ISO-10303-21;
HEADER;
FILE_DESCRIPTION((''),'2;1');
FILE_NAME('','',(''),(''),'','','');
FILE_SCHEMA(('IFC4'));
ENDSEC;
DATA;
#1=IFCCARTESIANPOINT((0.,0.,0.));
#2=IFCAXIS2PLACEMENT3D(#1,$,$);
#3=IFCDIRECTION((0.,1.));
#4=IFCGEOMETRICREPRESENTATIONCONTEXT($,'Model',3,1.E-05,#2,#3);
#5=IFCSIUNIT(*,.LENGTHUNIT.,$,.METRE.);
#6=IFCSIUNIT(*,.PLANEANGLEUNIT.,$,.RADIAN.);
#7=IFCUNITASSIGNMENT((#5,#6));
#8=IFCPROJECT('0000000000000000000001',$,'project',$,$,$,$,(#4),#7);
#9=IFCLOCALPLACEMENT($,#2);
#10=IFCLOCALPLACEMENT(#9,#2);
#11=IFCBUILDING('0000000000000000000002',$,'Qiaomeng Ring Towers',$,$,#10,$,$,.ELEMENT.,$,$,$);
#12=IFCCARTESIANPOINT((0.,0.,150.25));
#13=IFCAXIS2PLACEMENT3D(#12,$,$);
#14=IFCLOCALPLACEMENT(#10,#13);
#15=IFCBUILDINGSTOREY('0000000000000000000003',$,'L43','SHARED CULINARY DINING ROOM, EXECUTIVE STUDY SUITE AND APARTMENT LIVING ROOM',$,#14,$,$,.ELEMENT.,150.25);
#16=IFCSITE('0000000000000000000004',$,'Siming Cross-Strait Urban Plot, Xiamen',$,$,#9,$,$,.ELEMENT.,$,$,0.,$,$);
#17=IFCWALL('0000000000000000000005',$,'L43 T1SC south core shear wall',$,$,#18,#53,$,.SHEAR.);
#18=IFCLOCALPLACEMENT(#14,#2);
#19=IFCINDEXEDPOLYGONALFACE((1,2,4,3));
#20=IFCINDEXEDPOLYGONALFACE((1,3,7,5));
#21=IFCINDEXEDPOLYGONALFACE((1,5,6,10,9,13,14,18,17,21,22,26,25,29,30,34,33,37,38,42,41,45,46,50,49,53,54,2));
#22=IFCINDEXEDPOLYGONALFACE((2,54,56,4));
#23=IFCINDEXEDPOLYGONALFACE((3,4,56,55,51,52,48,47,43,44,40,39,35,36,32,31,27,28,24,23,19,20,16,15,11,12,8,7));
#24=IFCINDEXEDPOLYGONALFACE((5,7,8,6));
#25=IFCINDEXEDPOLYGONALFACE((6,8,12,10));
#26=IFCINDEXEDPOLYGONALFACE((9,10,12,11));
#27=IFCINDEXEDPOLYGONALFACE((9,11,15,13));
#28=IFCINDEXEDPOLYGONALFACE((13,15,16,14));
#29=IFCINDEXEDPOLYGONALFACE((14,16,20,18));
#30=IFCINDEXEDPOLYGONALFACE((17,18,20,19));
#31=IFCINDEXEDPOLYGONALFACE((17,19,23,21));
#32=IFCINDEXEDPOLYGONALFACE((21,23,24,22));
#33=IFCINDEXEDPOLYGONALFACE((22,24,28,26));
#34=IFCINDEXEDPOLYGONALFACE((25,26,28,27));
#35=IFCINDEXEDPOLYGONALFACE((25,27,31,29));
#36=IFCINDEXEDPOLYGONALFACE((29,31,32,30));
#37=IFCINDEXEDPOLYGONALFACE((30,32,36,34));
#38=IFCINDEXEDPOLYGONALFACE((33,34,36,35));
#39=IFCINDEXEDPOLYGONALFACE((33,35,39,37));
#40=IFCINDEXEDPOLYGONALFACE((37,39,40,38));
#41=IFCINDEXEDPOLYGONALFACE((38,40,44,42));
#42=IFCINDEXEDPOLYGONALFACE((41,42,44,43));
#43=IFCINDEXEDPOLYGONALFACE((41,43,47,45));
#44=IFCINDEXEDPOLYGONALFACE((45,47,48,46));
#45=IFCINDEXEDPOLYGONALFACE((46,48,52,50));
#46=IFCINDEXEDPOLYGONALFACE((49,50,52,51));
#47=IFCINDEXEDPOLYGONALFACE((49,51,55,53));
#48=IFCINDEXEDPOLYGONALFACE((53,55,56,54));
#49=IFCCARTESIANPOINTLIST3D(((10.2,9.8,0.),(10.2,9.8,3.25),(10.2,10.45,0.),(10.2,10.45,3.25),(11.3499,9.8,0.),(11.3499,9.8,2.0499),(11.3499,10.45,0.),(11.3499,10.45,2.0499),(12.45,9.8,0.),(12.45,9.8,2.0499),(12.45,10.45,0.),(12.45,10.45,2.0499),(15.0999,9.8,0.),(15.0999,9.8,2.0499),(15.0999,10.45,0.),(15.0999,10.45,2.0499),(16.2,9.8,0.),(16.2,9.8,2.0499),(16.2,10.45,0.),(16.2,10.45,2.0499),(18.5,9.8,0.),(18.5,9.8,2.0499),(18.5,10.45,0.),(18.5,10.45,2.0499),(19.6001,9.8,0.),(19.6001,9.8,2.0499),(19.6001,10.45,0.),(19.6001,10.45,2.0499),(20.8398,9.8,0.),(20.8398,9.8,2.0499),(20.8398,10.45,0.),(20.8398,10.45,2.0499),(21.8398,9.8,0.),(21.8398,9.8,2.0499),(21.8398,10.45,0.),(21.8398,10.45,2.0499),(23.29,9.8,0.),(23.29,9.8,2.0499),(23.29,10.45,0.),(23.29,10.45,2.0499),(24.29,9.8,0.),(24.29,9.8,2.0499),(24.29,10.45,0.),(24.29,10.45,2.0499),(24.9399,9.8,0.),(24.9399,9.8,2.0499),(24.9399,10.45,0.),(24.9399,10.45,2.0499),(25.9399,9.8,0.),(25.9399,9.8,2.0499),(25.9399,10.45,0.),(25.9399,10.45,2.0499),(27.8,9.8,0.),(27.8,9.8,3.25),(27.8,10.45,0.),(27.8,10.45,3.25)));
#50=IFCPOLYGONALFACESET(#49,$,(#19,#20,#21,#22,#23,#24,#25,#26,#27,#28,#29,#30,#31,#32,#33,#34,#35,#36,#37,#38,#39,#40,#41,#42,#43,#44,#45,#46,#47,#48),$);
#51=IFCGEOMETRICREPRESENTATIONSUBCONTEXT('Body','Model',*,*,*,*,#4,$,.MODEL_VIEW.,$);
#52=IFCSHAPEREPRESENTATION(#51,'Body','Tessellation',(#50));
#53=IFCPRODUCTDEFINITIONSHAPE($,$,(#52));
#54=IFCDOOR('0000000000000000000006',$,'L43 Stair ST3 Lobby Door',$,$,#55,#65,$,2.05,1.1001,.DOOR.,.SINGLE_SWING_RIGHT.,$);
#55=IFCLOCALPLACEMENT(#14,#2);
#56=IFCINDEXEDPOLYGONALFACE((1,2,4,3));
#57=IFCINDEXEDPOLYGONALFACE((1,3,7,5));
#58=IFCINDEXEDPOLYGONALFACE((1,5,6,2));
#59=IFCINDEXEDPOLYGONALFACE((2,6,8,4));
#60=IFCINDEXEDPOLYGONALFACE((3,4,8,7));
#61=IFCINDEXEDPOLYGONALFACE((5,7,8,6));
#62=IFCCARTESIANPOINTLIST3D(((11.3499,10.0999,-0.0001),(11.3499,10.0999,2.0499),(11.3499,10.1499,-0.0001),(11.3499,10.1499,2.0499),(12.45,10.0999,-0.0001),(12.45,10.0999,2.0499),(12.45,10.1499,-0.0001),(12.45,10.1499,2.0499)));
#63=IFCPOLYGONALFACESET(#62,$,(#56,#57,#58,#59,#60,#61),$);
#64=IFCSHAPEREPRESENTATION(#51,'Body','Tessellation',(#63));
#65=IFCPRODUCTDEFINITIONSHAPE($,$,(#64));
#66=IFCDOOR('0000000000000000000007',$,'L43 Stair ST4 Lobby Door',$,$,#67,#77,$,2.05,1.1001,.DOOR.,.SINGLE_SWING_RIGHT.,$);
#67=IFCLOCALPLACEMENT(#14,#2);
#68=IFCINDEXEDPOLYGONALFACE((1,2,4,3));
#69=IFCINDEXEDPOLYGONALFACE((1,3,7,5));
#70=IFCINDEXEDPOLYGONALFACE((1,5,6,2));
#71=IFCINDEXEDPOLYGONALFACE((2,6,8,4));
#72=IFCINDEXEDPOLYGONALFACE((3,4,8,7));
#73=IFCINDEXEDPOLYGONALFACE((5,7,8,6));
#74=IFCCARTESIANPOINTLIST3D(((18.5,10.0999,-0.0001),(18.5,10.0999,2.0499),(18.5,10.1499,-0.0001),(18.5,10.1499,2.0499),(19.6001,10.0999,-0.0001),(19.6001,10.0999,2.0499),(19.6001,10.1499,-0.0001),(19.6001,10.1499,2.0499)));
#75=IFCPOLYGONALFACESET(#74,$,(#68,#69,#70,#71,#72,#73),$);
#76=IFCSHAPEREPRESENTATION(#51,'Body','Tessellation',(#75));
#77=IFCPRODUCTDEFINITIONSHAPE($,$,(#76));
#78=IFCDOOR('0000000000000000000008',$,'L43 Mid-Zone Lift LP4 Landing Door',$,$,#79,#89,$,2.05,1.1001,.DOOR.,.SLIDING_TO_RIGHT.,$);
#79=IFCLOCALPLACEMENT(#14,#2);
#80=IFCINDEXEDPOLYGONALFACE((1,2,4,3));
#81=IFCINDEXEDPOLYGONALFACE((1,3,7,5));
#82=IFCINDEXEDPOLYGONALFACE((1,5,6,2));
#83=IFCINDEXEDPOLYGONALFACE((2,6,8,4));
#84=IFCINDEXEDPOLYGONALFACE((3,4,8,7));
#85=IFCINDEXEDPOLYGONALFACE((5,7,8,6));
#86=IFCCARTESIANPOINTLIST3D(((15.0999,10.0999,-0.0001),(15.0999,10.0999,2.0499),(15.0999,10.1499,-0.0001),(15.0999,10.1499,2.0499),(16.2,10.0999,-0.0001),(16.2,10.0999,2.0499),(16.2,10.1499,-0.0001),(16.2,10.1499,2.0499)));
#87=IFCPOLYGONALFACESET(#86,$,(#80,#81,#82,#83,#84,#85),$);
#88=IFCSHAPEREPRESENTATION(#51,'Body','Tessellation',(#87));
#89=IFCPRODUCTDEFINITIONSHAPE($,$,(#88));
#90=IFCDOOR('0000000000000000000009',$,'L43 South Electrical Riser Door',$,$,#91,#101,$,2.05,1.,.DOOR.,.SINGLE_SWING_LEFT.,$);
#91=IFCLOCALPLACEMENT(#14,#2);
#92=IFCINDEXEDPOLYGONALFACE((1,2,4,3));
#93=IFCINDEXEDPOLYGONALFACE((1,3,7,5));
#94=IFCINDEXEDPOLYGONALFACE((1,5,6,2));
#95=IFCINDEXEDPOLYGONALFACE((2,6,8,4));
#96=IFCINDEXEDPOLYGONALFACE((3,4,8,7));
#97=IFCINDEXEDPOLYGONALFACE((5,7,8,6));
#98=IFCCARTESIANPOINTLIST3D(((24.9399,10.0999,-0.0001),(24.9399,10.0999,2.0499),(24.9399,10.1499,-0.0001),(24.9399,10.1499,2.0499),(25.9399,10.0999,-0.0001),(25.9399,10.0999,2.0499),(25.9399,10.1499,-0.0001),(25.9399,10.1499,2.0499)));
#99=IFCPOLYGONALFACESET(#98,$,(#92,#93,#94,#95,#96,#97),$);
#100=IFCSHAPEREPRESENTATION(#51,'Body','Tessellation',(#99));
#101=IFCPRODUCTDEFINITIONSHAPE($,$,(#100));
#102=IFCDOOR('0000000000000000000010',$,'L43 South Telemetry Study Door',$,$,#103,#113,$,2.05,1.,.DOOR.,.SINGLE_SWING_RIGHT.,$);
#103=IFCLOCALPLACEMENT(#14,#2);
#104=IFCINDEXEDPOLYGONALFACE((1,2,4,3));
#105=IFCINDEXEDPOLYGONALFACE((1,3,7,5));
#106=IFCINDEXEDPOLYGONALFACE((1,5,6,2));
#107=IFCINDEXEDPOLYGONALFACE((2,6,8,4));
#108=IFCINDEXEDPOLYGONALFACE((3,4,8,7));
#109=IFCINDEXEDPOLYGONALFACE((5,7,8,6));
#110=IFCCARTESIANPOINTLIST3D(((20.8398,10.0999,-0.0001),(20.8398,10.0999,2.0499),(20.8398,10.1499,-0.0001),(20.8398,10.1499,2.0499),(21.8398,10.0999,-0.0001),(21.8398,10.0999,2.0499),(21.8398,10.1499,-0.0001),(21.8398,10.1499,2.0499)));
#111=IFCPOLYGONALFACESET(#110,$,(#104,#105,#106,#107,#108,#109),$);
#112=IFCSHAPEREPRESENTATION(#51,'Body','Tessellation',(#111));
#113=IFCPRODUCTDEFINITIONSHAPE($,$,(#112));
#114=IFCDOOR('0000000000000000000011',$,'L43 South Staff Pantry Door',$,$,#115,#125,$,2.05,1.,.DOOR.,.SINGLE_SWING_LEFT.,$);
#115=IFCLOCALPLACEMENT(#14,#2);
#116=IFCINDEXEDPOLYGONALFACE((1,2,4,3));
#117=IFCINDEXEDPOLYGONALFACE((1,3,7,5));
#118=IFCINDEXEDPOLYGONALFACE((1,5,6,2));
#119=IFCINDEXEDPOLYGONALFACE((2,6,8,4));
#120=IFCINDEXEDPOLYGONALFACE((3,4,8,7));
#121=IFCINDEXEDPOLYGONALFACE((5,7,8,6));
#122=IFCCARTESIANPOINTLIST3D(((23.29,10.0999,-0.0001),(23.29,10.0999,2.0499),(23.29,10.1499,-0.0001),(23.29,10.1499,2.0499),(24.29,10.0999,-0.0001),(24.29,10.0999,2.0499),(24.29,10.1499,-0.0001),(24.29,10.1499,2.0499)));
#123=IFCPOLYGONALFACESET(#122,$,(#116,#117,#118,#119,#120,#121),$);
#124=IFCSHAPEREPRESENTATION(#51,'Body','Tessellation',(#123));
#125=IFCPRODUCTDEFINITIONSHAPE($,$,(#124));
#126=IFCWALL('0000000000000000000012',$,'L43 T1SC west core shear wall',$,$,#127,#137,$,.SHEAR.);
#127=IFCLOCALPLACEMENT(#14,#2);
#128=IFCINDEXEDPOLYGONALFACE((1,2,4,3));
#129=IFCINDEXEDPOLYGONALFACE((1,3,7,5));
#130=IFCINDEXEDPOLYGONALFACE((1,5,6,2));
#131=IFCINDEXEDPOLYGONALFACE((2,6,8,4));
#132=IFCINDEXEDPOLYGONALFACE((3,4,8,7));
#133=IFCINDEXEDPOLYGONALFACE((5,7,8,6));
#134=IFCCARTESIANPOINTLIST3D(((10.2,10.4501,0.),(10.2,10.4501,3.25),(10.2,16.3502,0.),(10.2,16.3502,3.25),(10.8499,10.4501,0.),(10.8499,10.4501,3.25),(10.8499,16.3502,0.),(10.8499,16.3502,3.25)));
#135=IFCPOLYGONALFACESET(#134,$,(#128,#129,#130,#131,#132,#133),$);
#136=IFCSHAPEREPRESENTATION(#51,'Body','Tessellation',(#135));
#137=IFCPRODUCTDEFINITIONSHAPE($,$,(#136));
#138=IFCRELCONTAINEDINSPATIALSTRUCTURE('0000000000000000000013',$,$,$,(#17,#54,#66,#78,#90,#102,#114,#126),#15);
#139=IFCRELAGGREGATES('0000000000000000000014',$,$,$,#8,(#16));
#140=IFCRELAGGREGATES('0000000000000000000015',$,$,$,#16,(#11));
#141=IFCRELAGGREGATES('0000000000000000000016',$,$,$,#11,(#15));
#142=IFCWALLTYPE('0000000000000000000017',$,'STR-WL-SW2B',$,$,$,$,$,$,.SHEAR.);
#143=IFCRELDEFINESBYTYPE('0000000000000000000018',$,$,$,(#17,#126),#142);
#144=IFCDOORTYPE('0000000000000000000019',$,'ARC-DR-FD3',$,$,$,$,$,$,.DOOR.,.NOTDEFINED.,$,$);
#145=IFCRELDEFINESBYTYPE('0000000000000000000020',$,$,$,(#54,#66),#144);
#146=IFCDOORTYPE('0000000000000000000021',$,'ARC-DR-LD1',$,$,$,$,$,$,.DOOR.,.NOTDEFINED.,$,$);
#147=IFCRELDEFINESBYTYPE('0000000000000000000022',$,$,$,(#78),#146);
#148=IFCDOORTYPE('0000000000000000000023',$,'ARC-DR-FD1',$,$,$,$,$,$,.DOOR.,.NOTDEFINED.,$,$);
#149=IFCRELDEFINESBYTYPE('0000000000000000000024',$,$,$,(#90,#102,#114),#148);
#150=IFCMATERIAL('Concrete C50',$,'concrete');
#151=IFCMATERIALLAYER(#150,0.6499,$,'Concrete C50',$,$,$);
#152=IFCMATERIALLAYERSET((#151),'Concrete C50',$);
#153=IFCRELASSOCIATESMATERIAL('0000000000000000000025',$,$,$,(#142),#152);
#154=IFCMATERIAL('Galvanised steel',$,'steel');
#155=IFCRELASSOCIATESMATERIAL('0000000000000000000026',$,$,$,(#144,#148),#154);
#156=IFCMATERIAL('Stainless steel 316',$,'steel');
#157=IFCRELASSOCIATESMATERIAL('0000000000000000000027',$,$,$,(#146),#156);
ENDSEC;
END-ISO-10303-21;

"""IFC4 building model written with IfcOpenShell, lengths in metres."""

from ifc_helpers import new_model, si_unit, direction, frame, frame_2d, origin, place, context, subcontext, project, spatial, rectangle, extrude, source, transform, mapped, material, layer, layer_set, type_object, element, fill, save


model = new_model("IFC4")

# Units and contexts
model_context = context("Model", 3, precision=1e-05, world=origin(), true_north=direction((0.0, 1.0)))
body_context = subcontext(model_context, "Body", "Model", "MODEL_VIEW")
ifc_project = project(units=[si_unit("LENGTHUNIT", "METRE"), si_unit("PLANEANGLEUNIT", "RADIAN")], contexts=[model_context])

# Site, building, storey
site_placement = place(None, origin())
site = spatial("IfcSite", under=ifc_project, at=site_placement, Name="Siming Cross-Strait Urban Plot, Xiamen", CompositionType="ELEMENT", RefElevation=0.0)
building_placement = place(site_placement, origin())
building = spatial("IfcBuilding", under=site, at=building_placement, Name="Qiaomeng Ring Towers", CompositionType="ELEMENT")
storey_placement = place(building_placement, frame((0.0, 0.0, 150.25)))
storey = spatial("IfcBuildingStorey", under=building, at=storey_placement, Name="L43", Description="SHARED CULINARY DINING ROOM, EXECUTIVE STUDY SUITE AND APARTMENT LIVING ROOM", CompositionType="ELEMENT", Elevation=150.25)

# Shared definitions
shared_shape_1 = source(origin(), body_context, "Body", "SweptSolid", [
    extrude(rectangle(XDim=1.0, YDim=2.05, at=frame_2d((0.5, 1.0249))), frame((0.0, 0.0249, 0.0), z_axis=(0.0, -1.0, 0.0), x_axis=(1.0, 0.0, 0.0)), (0.0, 0.0, 1.0), 0.05),
])

# Wall, openings, doors
ifc_material_1 = material(Name="Concrete C50", Category="concrete")
ifc_layer_1 = layer(ifc_material_1, 0.6499, Name="Concrete C50")
ifc_layer_set_1 = layer_set([ifc_layer_1], Name="Concrete C50")
wall_type_1 = type_object("IfcWallType", Name="STR-WL-SW2B", PredefinedType="SHEAR", material=ifc_layer_set_1)
wall_1_placement = place(storey_placement, frame((10.2, 10.125, 0.0), z_axis=(0.0, 0.0, 1.0), x_axis=(1.0, 0.0, 0.0)))
wall_1 = element("IfcWall", 1, at=wall_1_placement, inside=storey, type_object=wall_type_1, Name="L43 T1SC south core shear wall", PredefinedType="SHEAR", context=body_context, shape_type="SweptSolid", body=[
    extrude(rectangle(XDim=17.6001, YDim=0.6499, at=frame_2d((8.8, 0.0))), origin(), (0.0, 0.0, 1.0), 3.25),
])
opening_1_placement = place(wall_1_placement, frame((1.1499, 0.0, 0.0)))
opening_1 = element("IfcOpeningElement", 2, at=opening_1_placement, cuts=wall_1, PredefinedType="OPENING", context=body_context, shape_type="SweptSolid", body=[
    extrude(rectangle(XDim=1.1001, YDim=2.05, at=frame_2d((0.55, 1.0249))), frame((0.0, 0.335, 0.0), z_axis=(0.0, -1.0, 0.0), x_axis=(1.0, 0.0, 0.0)), (0.0, 0.0, 1.0), 0.6699),
])
opening_2_placement = place(wall_1_placement, frame((8.3, 0.0, 0.0)))
opening_2 = element("IfcOpeningElement", 3, at=opening_2_placement, cuts=wall_1, PredefinedType="OPENING", context=body_context, shape_type="SweptSolid", body=[
    extrude(rectangle(XDim=1.1001, YDim=2.05, at=frame_2d((0.55, 1.0249))), frame((0.0, 0.335, 0.0), z_axis=(0.0, -1.0, 0.0), x_axis=(1.0, 0.0, 0.0)), (0.0, 0.0, 1.0), 0.6699),
])
opening_3_placement = place(wall_1_placement, frame((4.8999, 0.0, 0.0)))
opening_3 = element("IfcOpeningElement", 4, at=opening_3_placement, cuts=wall_1, PredefinedType="OPENING", context=body_context, shape_type="SweptSolid", body=[
    extrude(rectangle(XDim=1.1001, YDim=2.05, at=frame_2d((0.55, 1.0249))), frame((0.0, 0.335, 0.0), z_axis=(0.0, -1.0, 0.0), x_axis=(1.0, 0.0, 0.0)), (0.0, 0.0, 1.0), 0.6699),
])
opening_4_placement = place(wall_1_placement, frame((14.74, 0.0, 0.0)))
opening_4 = element("IfcOpeningElement", 5, at=opening_4_placement, cuts=wall_1, PredefinedType="OPENING", context=body_context, shape_type="SweptSolid", body=[
    extrude(rectangle(XDim=1.0, YDim=2.05, at=frame_2d((0.5, 1.0249))), frame((0.0, 0.335, 0.0), z_axis=(0.0, -1.0, 0.0), x_axis=(1.0, 0.0, 0.0)), (0.0, 0.0, 1.0), 0.6699),
])
opening_5_placement = place(wall_1_placement, frame((10.6399, 0.0, 0.0)))
opening_5 = element("IfcOpeningElement", 6, at=opening_5_placement, cuts=wall_1, PredefinedType="OPENING", context=body_context, shape_type="SweptSolid", body=[
    extrude(rectangle(XDim=1.0, YDim=2.05, at=frame_2d((0.5, 1.0249))), frame((0.0, 0.335, 0.0), z_axis=(0.0, -1.0, 0.0), x_axis=(1.0, 0.0, 0.0)), (0.0, 0.0, 1.0), 0.6699),
])
opening_6_placement = place(wall_1_placement, frame((13.0901, 0.0, 0.0)))
opening_6 = element("IfcOpeningElement", 7, at=opening_6_placement, cuts=wall_1, PredefinedType="OPENING", context=body_context, shape_type="SweptSolid", body=[
    extrude(rectangle(XDim=1.0, YDim=2.05, at=frame_2d((0.5, 1.0249))), frame((0.0, 0.335, 0.0), z_axis=(0.0, -1.0, 0.0), x_axis=(1.0, 0.0, 0.0)), (0.0, 0.0, 1.0), 0.6699),
])
ifc_material_2 = material(Name="Galvanised steel", Category="steel")
door_type_1 = type_object("IfcDoorType", Name="ARC-DR-FD3", OperationType="NOTDEFINED", PredefinedType="DOOR", material=ifc_material_2)
shared_shape_2 = source(origin(), body_context, "Body", "SweptSolid", [
    extrude(rectangle(XDim=1.1001, YDim=2.05, at=frame_2d((0.55, 1.0249))), frame((0.0, 0.0249, 0.0), z_axis=(0.0, -1.0, 0.0), x_axis=(1.0, 0.0, 0.0)), (0.0, 0.0, 1.0), 0.05),
])
door_1_placement = place(opening_1_placement, origin())
door_1 = element("IfcDoor", 8, at=door_1_placement, inside=storey, type_object=door_type_1, Name="L43 Stair ST3 Lobby Door", OperationType="SINGLE_SWING_RIGHT", OverallHeight=2.05, OverallWidth=1.1001, PredefinedType="DOOR", context=body_context, shape_type="MappedRepresentation", body=[
    mapped(shared_shape_2, transform((0.0, 0.0, 0.0), x_axis=(1.0, 0.0, 0.0), y_axis=(0.0, 1.0, 0.0), z_axis=(0.0, 0.0, 1.0), scale=1.0)),
])
fill(opening_1, door_1)
door_2_placement = place(opening_2_placement, origin())
door_2 = element("IfcDoor", 9, at=door_2_placement, inside=storey, type_object=door_type_1, Name="L43 Stair ST4 Lobby Door", OperationType="SINGLE_SWING_RIGHT", OverallHeight=2.05, OverallWidth=1.1001, PredefinedType="DOOR", context=body_context, shape_type="MappedRepresentation", body=[
    mapped(shared_shape_2, transform((0.0, 0.0, 0.0), x_axis=(1.0, 0.0, 0.0), y_axis=(0.0, 1.0, 0.0), z_axis=(0.0, 0.0, 1.0), scale=1.0)),
])
fill(opening_2, door_2)
ifc_material_3 = material(Name="Stainless steel 316", Category="steel")
door_type_2 = type_object("IfcDoorType", Name="ARC-DR-LD1", OperationType="NOTDEFINED", PredefinedType="DOOR", material=ifc_material_3)
door_3_placement = place(opening_3_placement, origin())
door_3 = element("IfcDoor", 10, at=door_3_placement, inside=storey, type_object=door_type_2, Name="L43 Mid-Zone Lift LP4 Landing Door", OperationType="SLIDING_TO_RIGHT", OverallHeight=2.05, OverallWidth=1.1001, PredefinedType="DOOR", context=body_context, shape_type="MappedRepresentation", body=[
    mapped(shared_shape_2, transform((0.0, 0.0, 0.0), x_axis=(1.0, 0.0, 0.0), y_axis=(0.0, 1.0, 0.0), z_axis=(0.0, 0.0, 1.0), scale=1.0)),
])
fill(opening_3, door_3)
door_type_3 = type_object("IfcDoorType", Name="ARC-DR-FD1", OperationType="NOTDEFINED", PredefinedType="DOOR", material=ifc_material_2)
door_4_placement = place(opening_4_placement, origin())
door_4 = element("IfcDoor", 11, at=door_4_placement, inside=storey, type_object=door_type_3, Name="L43 South Electrical Riser Door", OperationType="SINGLE_SWING_LEFT", OverallHeight=2.05, OverallWidth=1.0, PredefinedType="DOOR", context=body_context, shape_type="MappedRepresentation", body=[
    mapped(shared_shape_1, transform((0.0, 0.0, 0.0), x_axis=(1.0, 0.0, 0.0), y_axis=(0.0, 1.0, 0.0), z_axis=(0.0, 0.0, 1.0), scale=1.0)),
])
fill(opening_4, door_4)
door_5_placement = place(opening_5_placement, origin())
door_5 = element("IfcDoor", 12, at=door_5_placement, inside=storey, type_object=door_type_3, Name="L43 South Telemetry Study Door", OperationType="SINGLE_SWING_RIGHT", OverallHeight=2.05, OverallWidth=1.0, PredefinedType="DOOR", context=body_context, shape_type="MappedRepresentation", body=[
    mapped(shared_shape_1, transform((0.0, 0.0, 0.0), x_axis=(1.0, 0.0, 0.0), y_axis=(0.0, 1.0, 0.0), z_axis=(0.0, 0.0, 1.0), scale=1.0)),
])
fill(opening_5, door_5)
door_6_placement = place(opening_6_placement, origin())
door_6 = element("IfcDoor", 13, at=door_6_placement, inside=storey, type_object=door_type_3, Name="L43 South Staff Pantry Door", OperationType="SINGLE_SWING_LEFT", OverallHeight=2.05, OverallWidth=1.0, PredefinedType="DOOR", context=body_context, shape_type="MappedRepresentation", body=[
    mapped(shared_shape_1, transform((0.0, 0.0, 0.0), x_axis=(1.0, 0.0, 0.0), y_axis=(0.0, 1.0, 0.0), z_axis=(0.0, 0.0, 1.0), scale=1.0)),
])
fill(opening_6, door_6)

# Wall
wall_2_placement = place(storey_placement, frame((10.5249, 10.45, 0.0), z_axis=(0.0, 0.0, 1.0), x_axis=(0.0, 1.0, 0.0)))
element("IfcWall", 14, at=wall_2_placement, inside=storey, type_object=wall_type_1, Name="L43 T1SC west core shear wall", PredefinedType="SHEAR", context=body_context, shape_type="SweptSolid", body=[
    extrude(rectangle(XDim=5.9001, YDim=0.6499, at=frame_2d((2.9502, 0.0))), origin(), (0.0, 0.0, 1.0), 3.25),
])

save(model, "model.ifc")
